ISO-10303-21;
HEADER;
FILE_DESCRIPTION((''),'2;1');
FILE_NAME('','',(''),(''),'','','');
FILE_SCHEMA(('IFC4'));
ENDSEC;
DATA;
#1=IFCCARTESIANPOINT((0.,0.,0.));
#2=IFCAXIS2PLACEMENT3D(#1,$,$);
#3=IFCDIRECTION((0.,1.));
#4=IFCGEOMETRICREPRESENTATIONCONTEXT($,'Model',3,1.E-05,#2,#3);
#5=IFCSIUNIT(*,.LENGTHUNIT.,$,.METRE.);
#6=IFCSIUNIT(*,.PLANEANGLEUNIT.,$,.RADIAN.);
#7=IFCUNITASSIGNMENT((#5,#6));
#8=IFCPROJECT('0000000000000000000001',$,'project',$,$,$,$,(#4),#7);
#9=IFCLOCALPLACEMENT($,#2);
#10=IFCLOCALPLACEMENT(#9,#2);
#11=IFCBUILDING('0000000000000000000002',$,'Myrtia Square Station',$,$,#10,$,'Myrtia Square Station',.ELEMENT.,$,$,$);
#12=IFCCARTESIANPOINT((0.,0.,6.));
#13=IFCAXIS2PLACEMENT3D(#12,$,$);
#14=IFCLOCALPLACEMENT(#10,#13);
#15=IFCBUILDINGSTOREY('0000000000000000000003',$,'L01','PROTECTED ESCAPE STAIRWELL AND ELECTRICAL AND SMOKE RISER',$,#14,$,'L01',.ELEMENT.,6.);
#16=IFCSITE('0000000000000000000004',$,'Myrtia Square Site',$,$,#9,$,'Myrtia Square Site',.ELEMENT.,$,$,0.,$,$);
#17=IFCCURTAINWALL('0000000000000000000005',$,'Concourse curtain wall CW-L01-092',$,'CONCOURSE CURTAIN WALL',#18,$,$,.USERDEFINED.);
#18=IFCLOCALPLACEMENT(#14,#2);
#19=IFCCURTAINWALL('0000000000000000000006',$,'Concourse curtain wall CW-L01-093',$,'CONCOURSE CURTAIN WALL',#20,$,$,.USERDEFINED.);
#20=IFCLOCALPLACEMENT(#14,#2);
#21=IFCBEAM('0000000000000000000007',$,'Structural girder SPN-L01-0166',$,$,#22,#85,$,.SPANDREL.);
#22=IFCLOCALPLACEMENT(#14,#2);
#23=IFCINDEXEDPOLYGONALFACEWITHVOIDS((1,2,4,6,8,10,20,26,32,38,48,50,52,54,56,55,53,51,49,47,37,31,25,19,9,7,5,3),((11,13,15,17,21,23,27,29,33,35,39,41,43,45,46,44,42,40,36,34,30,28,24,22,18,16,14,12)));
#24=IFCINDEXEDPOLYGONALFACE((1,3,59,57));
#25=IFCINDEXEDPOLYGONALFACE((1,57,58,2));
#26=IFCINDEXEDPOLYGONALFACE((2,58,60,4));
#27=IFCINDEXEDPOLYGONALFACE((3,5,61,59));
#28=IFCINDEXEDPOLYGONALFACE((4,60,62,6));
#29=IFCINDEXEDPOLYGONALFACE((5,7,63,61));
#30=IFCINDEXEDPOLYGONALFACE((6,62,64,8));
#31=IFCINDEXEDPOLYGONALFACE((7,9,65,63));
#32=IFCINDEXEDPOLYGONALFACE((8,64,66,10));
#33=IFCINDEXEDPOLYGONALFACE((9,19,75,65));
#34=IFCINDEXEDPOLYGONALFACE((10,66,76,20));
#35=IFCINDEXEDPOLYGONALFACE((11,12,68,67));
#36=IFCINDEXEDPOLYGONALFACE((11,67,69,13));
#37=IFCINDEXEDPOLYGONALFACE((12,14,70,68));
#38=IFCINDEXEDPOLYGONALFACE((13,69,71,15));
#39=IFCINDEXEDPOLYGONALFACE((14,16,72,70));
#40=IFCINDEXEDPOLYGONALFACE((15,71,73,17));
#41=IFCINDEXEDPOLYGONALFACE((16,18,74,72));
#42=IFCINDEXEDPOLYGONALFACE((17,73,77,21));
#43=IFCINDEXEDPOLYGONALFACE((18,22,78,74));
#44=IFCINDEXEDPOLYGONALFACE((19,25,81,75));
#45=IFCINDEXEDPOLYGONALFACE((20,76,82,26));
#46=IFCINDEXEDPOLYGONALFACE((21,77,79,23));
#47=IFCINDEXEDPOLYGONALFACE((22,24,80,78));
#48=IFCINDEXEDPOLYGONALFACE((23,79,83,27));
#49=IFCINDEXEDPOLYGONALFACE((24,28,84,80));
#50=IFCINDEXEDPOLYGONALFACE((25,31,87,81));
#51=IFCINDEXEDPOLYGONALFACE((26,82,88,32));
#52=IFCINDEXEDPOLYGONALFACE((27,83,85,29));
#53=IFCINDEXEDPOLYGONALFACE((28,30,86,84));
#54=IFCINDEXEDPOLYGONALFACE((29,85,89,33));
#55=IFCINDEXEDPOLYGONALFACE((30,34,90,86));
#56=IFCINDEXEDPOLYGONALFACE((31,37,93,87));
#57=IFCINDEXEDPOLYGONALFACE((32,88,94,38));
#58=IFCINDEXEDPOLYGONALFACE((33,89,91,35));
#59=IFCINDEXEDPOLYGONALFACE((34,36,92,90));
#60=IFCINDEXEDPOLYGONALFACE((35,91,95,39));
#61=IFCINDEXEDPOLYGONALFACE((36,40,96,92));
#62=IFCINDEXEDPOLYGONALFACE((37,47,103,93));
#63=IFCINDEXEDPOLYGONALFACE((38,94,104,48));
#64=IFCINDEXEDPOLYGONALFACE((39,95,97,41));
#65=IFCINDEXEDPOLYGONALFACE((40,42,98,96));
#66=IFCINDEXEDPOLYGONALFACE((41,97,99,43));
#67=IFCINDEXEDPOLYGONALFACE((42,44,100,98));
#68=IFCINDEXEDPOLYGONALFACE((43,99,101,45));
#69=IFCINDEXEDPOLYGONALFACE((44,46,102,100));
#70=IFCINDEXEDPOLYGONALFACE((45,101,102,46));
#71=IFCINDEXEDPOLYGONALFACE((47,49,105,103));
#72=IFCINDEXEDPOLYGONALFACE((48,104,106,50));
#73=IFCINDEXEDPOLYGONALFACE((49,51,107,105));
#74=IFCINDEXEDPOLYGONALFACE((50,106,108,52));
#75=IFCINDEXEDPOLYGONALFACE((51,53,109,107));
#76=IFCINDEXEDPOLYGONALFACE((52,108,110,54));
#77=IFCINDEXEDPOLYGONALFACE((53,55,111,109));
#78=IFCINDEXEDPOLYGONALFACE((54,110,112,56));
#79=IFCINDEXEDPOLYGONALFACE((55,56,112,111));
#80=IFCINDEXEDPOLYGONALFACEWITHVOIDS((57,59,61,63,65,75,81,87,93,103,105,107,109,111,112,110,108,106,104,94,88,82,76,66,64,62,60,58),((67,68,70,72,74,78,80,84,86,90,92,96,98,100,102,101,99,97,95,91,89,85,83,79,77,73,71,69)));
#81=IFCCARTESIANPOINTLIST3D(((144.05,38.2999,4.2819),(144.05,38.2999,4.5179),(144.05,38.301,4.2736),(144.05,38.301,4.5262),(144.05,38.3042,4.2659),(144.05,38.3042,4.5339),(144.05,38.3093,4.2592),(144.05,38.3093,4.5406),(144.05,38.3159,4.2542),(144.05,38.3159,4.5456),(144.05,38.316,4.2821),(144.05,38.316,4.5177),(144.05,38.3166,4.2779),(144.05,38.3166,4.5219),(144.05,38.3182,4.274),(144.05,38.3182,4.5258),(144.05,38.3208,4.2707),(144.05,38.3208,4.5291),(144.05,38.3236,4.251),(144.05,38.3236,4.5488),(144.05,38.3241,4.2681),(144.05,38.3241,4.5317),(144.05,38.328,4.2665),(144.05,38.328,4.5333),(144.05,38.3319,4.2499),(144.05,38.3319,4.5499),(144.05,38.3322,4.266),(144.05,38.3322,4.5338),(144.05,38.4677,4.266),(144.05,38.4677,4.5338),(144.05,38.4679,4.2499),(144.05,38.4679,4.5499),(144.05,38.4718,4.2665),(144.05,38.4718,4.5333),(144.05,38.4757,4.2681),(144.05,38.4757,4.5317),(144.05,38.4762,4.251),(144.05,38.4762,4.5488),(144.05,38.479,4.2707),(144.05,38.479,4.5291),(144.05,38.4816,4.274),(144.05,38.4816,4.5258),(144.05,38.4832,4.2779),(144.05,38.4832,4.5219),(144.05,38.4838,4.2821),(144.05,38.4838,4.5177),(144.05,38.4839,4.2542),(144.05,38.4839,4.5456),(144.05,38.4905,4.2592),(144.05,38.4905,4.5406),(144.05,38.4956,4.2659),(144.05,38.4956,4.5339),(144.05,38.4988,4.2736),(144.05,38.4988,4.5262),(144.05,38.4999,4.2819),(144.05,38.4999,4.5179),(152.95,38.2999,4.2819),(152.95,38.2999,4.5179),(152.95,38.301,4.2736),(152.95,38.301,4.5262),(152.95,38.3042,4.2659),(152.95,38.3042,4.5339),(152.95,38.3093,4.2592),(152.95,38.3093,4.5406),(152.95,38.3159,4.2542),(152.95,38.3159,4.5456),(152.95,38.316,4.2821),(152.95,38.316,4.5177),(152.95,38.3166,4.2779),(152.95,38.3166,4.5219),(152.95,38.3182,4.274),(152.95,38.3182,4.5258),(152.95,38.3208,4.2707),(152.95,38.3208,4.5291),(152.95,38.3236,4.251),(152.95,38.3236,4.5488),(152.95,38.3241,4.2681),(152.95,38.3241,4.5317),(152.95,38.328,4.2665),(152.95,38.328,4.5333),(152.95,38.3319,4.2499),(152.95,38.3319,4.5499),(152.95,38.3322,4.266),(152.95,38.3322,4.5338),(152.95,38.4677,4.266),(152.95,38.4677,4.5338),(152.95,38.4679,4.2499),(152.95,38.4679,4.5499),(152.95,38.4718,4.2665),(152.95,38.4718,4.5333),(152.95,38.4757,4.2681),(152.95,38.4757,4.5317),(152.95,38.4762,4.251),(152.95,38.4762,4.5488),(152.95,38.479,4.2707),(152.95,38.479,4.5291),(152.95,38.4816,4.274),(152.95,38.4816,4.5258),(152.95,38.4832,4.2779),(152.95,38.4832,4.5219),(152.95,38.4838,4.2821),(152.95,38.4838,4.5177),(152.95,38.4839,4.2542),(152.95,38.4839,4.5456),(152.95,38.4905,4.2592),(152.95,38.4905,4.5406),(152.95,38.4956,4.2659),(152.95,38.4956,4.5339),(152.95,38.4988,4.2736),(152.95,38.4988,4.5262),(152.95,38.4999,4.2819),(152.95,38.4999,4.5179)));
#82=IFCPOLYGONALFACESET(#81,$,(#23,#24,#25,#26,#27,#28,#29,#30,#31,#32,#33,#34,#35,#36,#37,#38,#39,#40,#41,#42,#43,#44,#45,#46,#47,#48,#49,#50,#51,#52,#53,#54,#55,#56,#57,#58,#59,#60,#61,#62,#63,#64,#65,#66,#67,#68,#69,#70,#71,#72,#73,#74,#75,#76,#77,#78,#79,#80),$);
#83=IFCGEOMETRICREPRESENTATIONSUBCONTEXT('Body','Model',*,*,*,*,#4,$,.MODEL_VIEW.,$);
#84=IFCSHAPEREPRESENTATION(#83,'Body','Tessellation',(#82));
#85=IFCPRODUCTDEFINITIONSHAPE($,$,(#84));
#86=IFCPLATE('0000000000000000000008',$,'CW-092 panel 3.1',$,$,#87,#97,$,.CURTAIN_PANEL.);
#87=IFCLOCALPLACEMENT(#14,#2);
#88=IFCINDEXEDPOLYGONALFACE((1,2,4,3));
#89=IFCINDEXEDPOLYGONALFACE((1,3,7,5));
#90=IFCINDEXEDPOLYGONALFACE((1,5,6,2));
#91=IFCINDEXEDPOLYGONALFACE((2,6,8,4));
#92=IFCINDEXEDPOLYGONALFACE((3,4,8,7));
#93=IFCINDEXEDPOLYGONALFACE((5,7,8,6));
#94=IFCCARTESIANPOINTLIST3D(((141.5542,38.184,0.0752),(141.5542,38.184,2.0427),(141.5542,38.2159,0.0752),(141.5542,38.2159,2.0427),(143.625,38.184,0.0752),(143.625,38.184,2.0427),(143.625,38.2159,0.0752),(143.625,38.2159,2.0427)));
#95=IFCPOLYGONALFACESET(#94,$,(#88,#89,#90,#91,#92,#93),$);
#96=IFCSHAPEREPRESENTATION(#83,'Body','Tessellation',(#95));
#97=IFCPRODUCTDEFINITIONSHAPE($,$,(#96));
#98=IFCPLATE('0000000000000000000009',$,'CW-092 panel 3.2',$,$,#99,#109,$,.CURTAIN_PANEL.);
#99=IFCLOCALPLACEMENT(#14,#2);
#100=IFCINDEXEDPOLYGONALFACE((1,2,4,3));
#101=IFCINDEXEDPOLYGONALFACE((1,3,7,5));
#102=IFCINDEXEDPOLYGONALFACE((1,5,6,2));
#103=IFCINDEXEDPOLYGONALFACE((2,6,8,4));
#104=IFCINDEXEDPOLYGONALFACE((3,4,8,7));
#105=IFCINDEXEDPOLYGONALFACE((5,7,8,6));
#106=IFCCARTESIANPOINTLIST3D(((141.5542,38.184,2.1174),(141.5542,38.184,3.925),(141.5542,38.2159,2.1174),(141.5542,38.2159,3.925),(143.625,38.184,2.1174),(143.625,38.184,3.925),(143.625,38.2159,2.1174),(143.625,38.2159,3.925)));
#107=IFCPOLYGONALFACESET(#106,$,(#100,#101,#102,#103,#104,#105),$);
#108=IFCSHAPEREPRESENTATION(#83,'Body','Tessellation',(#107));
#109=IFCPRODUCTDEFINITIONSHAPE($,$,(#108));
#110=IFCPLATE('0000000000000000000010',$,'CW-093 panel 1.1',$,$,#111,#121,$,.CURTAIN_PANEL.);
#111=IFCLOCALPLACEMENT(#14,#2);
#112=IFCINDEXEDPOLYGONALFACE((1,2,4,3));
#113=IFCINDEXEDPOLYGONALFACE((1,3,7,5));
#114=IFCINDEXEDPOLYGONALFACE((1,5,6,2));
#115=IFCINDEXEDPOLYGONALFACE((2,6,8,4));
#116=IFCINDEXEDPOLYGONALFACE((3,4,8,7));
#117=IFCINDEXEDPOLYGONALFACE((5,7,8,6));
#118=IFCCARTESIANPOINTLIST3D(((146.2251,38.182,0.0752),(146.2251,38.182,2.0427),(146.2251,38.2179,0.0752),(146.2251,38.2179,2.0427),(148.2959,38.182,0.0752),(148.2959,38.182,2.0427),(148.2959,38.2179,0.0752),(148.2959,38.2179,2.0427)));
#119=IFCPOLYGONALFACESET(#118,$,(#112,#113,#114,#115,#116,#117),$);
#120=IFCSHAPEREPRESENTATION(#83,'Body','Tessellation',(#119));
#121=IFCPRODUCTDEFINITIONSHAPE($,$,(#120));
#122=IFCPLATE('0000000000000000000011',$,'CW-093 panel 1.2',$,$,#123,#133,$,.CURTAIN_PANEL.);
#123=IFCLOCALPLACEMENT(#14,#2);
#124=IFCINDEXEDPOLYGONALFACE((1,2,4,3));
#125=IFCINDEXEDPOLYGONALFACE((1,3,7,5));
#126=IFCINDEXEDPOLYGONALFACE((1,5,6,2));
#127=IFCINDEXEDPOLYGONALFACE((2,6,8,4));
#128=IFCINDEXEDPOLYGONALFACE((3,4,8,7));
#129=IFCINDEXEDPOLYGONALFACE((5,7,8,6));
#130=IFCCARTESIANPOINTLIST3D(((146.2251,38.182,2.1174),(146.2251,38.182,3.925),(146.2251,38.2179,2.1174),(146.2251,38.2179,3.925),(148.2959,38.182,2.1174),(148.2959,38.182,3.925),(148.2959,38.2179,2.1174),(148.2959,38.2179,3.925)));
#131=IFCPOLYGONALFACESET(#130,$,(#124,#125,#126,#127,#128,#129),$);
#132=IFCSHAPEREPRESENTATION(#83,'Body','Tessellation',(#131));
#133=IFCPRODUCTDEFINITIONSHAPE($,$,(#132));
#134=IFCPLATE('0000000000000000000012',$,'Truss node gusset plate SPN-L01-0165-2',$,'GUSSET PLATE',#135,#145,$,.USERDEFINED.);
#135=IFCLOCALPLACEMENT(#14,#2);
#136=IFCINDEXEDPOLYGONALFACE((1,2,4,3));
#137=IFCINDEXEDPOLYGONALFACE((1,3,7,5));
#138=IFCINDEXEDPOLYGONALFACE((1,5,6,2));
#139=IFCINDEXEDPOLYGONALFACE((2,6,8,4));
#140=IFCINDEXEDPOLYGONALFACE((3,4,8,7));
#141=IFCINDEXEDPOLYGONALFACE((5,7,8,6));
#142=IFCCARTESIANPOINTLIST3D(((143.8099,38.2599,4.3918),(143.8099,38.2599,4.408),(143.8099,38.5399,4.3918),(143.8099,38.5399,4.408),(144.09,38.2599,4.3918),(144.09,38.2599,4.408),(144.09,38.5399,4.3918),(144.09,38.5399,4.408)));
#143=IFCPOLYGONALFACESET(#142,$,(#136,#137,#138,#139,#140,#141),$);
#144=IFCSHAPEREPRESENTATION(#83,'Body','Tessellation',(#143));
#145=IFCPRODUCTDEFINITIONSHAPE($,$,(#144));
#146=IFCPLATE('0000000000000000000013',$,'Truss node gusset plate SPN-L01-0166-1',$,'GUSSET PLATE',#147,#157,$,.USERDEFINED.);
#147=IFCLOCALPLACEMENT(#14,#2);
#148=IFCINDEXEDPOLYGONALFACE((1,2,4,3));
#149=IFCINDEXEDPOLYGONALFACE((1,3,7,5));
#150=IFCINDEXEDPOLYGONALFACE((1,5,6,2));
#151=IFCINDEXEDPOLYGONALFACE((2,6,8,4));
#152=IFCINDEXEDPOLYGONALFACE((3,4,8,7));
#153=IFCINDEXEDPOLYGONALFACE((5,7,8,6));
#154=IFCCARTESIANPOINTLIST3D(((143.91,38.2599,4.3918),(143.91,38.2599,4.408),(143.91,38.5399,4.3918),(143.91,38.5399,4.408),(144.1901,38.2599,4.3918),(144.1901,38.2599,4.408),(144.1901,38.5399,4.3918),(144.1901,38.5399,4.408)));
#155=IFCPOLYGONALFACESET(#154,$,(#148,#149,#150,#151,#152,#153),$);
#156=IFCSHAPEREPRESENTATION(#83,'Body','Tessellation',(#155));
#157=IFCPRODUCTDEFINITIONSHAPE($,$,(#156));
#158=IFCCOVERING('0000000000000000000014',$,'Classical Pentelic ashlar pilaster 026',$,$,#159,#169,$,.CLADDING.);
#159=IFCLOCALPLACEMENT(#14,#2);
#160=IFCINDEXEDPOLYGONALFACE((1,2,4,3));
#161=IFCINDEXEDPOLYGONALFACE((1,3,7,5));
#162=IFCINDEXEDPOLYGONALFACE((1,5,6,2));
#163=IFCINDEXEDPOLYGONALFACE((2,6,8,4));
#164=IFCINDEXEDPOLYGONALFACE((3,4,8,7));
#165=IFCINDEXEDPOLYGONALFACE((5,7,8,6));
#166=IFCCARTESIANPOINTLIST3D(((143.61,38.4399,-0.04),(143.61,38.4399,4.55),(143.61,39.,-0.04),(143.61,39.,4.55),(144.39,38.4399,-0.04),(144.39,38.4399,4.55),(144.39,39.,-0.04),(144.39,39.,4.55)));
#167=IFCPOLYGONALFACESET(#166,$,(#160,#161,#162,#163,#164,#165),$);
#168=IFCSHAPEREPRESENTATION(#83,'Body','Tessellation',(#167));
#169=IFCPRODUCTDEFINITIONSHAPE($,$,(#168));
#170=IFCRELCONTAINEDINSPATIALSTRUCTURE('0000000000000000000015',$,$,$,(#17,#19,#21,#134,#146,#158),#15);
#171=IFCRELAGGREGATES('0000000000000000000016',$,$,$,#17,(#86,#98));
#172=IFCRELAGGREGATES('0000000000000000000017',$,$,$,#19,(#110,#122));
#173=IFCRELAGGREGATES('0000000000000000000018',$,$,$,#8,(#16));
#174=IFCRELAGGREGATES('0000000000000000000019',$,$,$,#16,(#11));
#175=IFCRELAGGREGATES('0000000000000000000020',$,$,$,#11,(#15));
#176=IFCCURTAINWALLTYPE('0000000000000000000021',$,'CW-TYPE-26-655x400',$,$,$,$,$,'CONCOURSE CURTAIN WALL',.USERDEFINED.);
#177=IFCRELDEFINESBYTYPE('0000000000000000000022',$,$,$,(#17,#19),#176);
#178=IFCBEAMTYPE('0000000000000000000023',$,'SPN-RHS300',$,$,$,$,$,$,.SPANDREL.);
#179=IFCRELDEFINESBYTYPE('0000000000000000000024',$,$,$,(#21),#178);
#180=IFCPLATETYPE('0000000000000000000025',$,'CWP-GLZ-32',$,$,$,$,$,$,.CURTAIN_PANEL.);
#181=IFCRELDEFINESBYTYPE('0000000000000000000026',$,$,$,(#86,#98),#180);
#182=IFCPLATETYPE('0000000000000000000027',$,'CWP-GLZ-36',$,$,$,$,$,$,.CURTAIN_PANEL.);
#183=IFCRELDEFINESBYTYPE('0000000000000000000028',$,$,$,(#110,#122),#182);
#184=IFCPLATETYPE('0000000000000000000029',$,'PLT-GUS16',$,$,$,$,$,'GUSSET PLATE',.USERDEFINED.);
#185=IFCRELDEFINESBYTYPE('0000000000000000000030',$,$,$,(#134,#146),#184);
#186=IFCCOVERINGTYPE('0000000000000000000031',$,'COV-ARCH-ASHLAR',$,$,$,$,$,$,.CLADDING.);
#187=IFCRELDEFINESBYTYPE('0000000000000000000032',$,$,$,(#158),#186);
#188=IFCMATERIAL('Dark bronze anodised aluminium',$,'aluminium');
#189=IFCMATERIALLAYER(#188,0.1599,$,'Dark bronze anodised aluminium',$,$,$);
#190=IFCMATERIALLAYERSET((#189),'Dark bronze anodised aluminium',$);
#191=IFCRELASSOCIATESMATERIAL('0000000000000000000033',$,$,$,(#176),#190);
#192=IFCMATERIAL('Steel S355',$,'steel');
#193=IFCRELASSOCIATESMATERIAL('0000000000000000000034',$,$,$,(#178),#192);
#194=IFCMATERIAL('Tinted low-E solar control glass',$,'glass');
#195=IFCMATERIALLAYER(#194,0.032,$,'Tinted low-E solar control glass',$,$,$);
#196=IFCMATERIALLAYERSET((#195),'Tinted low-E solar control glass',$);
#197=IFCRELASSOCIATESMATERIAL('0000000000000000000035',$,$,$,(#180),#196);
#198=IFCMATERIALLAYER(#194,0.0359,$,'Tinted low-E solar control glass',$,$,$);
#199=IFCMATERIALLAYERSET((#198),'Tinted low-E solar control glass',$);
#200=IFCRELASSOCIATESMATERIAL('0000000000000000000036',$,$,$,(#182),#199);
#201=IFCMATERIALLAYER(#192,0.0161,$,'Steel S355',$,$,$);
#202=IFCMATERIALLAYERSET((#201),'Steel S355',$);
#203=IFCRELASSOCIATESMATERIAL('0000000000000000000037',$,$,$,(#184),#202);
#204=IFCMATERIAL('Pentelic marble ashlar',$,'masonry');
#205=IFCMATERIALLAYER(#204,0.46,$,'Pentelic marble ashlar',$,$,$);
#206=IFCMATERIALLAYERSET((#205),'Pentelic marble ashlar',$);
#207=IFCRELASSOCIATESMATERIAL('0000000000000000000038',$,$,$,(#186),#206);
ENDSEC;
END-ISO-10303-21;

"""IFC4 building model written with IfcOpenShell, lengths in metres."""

from ifc_helpers import new_model, si_unit, direction, frame, origin, origin_2d, place, context, subcontext, project, spatial, rectangle, hollow_rectangle, extrude, material, layer, layer_set, material_profile, profile_set, type_object, element, aggregate, save


model = new_model("IFC4")

# Units and contexts
model_context = context("Model", 3, precision=1e-05, world=origin(), true_north=direction((0.0, 1.0)))
body_context = subcontext(model_context, "Body", "Model", "MODEL_VIEW")
ifc_project = project(units=[si_unit("LENGTHUNIT", "METRE"), si_unit("PLANEANGLEUNIT", "RADIAN")], contexts=[model_context])

# Site, building, storey
site_placement = place(None, origin())
site = spatial("IfcSite", under=ifc_project, at=site_placement, Name="Myrtia Square Site", LongName="Myrtia Square Site", CompositionType="ELEMENT", RefElevation=0.0)
building_placement = place(site_placement, origin())
building = spatial("IfcBuilding", under=site, at=building_placement, Name="Myrtia Square Station", LongName="Myrtia Square Station", CompositionType="ELEMENT")
storey_placement = place(building_placement, frame((0.0, 0.0, 6.0)))
storey = spatial("IfcBuildingStorey", under=building, at=storey_placement, Name="L01", Description="PROTECTED ESCAPE STAIRWELL AND ELECTRICAL AND SMOKE RISER", LongName="L01", CompositionType="ELEMENT", Elevation=6.0)

# Shared definitions
ifc_material_1 = material(Name="Steel S355", Category="steel")

# Curtain wall
ifc_material_2 = material(Name="Dark bronze anodised aluminium", Category="aluminium")
ifc_layer_1 = layer(ifc_material_2, 0.1599, Name="Dark bronze anodised aluminium")
ifc_layer_set_1 = layer_set([ifc_layer_1], Name="Dark bronze anodised aluminium")
curtain_wall_type = type_object("IfcCurtainWallType", Name="CW-TYPE-26-655x400", ElementType="CONCOURSE CURTAIN WALL", PredefinedType="USERDEFINED", material=ifc_layer_set_1)
curtain_wall_1_placement = place(storey_placement, origin())
curtain_wall_1 = element("IfcCurtainWall", 1, at=curtain_wall_1_placement, inside=storey, type_object=curtain_wall_type, Name="Concourse curtain wall CW-L01-092", ObjectType="CONCOURSE CURTAIN WALL", PredefinedType="USERDEFINED")

# Curtain wall
curtain_wall_2_placement = place(storey_placement, origin())
curtain_wall_2 = element("IfcCurtainWall", 2, at=curtain_wall_2_placement, inside=storey, type_object=curtain_wall_type, Name="Concourse curtain wall CW-L01-093", ObjectType="CONCOURSE CURTAIN WALL", PredefinedType="USERDEFINED")

# Beam
ifc_material_profile_1 = material_profile(ifc_material_1, hollow_rectangle(XDim=0.2, YDim=0.3, WallThickness=0.0161, InnerFilletRadius=0.0161, OuterFilletRadius=0.032, at=origin_2d()), Name="RHS 300x200x16")
ifc_profile_set_1 = profile_set([ifc_material_profile_1], Name="Steel S355")
beam_type_1 = type_object("IfcBeamType", Name="SPN-RHS300", PredefinedType="SPANDREL", material=ifc_profile_set_1)
beam_1_placement = place(storey_placement, frame((144.05, 38.3999, 4.3999), z_axis=(1.0, 0.0, 0.0), x_axis=(0.0, 1.0, 0.0)))
element("IfcBeam", 3, at=beam_1_placement, inside=storey, type_object=beam_type_1, Name="Structural girder SPN-L01-0166", PredefinedType="SPANDREL", context=body_context, shape_type="SweptSolid", body=[
    extrude(hollow_rectangle(XDim=0.2, YDim=0.3, WallThickness=0.0161, InnerFilletRadius=0.0161, OuterFilletRadius=0.032, at=origin_2d()), origin(), (0.0, 0.0, 1.0), 8.8999),
])

# Plates
ifc_material_3 = material(Name="Tinted low-E solar control glass", Category="glass")
ifc_layer_2 = layer(ifc_material_3, 0.032, Name="Tinted low-E solar control glass")
ifc_layer_set_2 = layer_set([ifc_layer_2], Name="Tinted low-E solar control glass")
plate_type_1 = type_object("IfcPlateType", Name="CWP-GLZ-32", PredefinedType="CURTAIN_PANEL", material=ifc_layer_set_2)
plate_1_placement = place(storey_placement, frame((142.5896, 38.2, 0.0752), z_axis=(0.0, 0.0, 1.0), x_axis=(1.0, 0.0, 0.0)))
plate_1 = element("IfcPlate", 4, at=plate_1_placement, type_object=plate_type_1, Name="CW-092 panel 3.1", PredefinedType="CURTAIN_PANEL", context=body_context, shape_type="SweptSolid", body=[
    extrude(rectangle(XDim=2.0708, YDim=0.032, at=origin_2d()), origin(), (0.0, 0.0, 1.0), 1.9675),
])
plate_2_placement = place(storey_placement, frame((142.5896, 38.2, 2.1174), z_axis=(0.0, 0.0, 1.0), x_axis=(1.0, 0.0, 0.0)))
plate_2 = element("IfcPlate", 5, at=plate_2_placement, type_object=plate_type_1, Name="CW-092 panel 3.2", PredefinedType="CURTAIN_PANEL", context=body_context, shape_type="SweptSolid", body=[
    extrude(rectangle(XDim=2.0708, YDim=0.032, at=origin_2d()), origin(), (0.0, 0.0, 1.0), 1.8076),
])
aggregate(curtain_wall_1, [plate_1, plate_2])
ifc_layer_3 = layer(ifc_material_3, 0.0359, Name="Tinted low-E solar control glass")
ifc_layer_set_3 = layer_set([ifc_layer_3], Name="Tinted low-E solar control glass")
plate_type_2 = type_object("IfcPlateType", Name="CWP-GLZ-36", PredefinedType="CURTAIN_PANEL", material=ifc_layer_set_3)
plate_3_placement = place(storey_placement, frame((147.2605, 38.2, 0.0752), z_axis=(0.0, 0.0, 1.0), x_axis=(1.0, 0.0, 0.0)))
plate_3 = element("IfcPlate", 6, at=plate_3_placement, type_object=plate_type_2, Name="CW-093 panel 1.1", PredefinedType="CURTAIN_PANEL", context=body_context, shape_type="SweptSolid", body=[
    extrude(rectangle(XDim=2.0708, YDim=0.0359, at=origin_2d()), origin(), (0.0, 0.0, 1.0), 1.9675),
])
plate_4_placement = place(storey_placement, frame((147.2605, 38.2, 2.1174), z_axis=(0.0, 0.0, 1.0), x_axis=(1.0, 0.0, 0.0)))
plate_4 = element("IfcPlate", 7, at=plate_4_placement, type_object=plate_type_2, Name="CW-093 panel 1.2", PredefinedType="CURTAIN_PANEL", context=body_context, shape_type="SweptSolid", body=[
    extrude(rectangle(XDim=2.0708, YDim=0.0359, at=origin_2d()), origin(), (0.0, 0.0, 1.0), 1.8076),
])
aggregate(curtain_wall_2, [plate_3, plate_4])

# Plates
ifc_layer_4 = layer(ifc_material_1, 0.0161, Name="Steel S355")
ifc_layer_set_4 = layer_set([ifc_layer_4], Name="Steel S355")
plate_type_3 = type_object("IfcPlateType", Name="PLT-GUS16", ElementType="GUSSET PLATE", PredefinedType="USERDEFINED", material=ifc_layer_set_4)
for number, where, z_axis, x_axis, name in (
    (8, (143.95, 38.3999, 4.3918), (0.0, 0.0, 1.0), (1.0, 0.0, 0.0), "Truss node gusset plate SPN-L01-0165-2"),
    (9, (144.05, 38.3999, 4.3918), (0.0, 0.0, 1.0), (1.0, 0.0, 0.0), "Truss node gusset plate SPN-L01-0166-1"),
):
    element("IfcPlate", number, at=place(storey_placement, frame(where, z_axis=z_axis, x_axis=x_axis)), inside=storey, type_object=plate_type_3, Name=name, ObjectType="GUSSET PLATE", PredefinedType="USERDEFINED", context=body_context, shape_type="SweptSolid", body=[
        extrude(rectangle(XDim=0.28, YDim=0.28, at=origin_2d()), origin(), (0.0, 0.0, 1.0), 0.0161),
    ])

# Covering
ifc_material_4 = material(Name="Pentelic marble ashlar", Category="masonry")
ifc_layer_5 = layer(ifc_material_4, 0.46, Name="Pentelic marble ashlar")
ifc_layer_set_5 = layer_set([ifc_layer_5], Name="Pentelic marble ashlar")
covering_type = type_object("IfcCoveringType", Name="COV-ARCH-ASHLAR", PredefinedType="CLADDING", material=ifc_layer_set_5)
covering_placement = place(storey_placement, frame((144.0, 38.72, -0.04), z_axis=(0.0, 0.0, 1.0), x_axis=(1.0, 0.0, 0.0)))
element("IfcCovering", 10, at=covering_placement, inside=storey, type_object=covering_type, Name="Classical Pentelic ashlar pilaster 026", PredefinedType="CLADDING", context=body_context, shape_type="SweptSolid", body=[
    extrude(rectangle(XDim=0.78, YDim=0.5601, at=origin_2d()), origin(), (0.0, 0.0, 1.0), 4.5901),
])

save(model, "model.ifc")
